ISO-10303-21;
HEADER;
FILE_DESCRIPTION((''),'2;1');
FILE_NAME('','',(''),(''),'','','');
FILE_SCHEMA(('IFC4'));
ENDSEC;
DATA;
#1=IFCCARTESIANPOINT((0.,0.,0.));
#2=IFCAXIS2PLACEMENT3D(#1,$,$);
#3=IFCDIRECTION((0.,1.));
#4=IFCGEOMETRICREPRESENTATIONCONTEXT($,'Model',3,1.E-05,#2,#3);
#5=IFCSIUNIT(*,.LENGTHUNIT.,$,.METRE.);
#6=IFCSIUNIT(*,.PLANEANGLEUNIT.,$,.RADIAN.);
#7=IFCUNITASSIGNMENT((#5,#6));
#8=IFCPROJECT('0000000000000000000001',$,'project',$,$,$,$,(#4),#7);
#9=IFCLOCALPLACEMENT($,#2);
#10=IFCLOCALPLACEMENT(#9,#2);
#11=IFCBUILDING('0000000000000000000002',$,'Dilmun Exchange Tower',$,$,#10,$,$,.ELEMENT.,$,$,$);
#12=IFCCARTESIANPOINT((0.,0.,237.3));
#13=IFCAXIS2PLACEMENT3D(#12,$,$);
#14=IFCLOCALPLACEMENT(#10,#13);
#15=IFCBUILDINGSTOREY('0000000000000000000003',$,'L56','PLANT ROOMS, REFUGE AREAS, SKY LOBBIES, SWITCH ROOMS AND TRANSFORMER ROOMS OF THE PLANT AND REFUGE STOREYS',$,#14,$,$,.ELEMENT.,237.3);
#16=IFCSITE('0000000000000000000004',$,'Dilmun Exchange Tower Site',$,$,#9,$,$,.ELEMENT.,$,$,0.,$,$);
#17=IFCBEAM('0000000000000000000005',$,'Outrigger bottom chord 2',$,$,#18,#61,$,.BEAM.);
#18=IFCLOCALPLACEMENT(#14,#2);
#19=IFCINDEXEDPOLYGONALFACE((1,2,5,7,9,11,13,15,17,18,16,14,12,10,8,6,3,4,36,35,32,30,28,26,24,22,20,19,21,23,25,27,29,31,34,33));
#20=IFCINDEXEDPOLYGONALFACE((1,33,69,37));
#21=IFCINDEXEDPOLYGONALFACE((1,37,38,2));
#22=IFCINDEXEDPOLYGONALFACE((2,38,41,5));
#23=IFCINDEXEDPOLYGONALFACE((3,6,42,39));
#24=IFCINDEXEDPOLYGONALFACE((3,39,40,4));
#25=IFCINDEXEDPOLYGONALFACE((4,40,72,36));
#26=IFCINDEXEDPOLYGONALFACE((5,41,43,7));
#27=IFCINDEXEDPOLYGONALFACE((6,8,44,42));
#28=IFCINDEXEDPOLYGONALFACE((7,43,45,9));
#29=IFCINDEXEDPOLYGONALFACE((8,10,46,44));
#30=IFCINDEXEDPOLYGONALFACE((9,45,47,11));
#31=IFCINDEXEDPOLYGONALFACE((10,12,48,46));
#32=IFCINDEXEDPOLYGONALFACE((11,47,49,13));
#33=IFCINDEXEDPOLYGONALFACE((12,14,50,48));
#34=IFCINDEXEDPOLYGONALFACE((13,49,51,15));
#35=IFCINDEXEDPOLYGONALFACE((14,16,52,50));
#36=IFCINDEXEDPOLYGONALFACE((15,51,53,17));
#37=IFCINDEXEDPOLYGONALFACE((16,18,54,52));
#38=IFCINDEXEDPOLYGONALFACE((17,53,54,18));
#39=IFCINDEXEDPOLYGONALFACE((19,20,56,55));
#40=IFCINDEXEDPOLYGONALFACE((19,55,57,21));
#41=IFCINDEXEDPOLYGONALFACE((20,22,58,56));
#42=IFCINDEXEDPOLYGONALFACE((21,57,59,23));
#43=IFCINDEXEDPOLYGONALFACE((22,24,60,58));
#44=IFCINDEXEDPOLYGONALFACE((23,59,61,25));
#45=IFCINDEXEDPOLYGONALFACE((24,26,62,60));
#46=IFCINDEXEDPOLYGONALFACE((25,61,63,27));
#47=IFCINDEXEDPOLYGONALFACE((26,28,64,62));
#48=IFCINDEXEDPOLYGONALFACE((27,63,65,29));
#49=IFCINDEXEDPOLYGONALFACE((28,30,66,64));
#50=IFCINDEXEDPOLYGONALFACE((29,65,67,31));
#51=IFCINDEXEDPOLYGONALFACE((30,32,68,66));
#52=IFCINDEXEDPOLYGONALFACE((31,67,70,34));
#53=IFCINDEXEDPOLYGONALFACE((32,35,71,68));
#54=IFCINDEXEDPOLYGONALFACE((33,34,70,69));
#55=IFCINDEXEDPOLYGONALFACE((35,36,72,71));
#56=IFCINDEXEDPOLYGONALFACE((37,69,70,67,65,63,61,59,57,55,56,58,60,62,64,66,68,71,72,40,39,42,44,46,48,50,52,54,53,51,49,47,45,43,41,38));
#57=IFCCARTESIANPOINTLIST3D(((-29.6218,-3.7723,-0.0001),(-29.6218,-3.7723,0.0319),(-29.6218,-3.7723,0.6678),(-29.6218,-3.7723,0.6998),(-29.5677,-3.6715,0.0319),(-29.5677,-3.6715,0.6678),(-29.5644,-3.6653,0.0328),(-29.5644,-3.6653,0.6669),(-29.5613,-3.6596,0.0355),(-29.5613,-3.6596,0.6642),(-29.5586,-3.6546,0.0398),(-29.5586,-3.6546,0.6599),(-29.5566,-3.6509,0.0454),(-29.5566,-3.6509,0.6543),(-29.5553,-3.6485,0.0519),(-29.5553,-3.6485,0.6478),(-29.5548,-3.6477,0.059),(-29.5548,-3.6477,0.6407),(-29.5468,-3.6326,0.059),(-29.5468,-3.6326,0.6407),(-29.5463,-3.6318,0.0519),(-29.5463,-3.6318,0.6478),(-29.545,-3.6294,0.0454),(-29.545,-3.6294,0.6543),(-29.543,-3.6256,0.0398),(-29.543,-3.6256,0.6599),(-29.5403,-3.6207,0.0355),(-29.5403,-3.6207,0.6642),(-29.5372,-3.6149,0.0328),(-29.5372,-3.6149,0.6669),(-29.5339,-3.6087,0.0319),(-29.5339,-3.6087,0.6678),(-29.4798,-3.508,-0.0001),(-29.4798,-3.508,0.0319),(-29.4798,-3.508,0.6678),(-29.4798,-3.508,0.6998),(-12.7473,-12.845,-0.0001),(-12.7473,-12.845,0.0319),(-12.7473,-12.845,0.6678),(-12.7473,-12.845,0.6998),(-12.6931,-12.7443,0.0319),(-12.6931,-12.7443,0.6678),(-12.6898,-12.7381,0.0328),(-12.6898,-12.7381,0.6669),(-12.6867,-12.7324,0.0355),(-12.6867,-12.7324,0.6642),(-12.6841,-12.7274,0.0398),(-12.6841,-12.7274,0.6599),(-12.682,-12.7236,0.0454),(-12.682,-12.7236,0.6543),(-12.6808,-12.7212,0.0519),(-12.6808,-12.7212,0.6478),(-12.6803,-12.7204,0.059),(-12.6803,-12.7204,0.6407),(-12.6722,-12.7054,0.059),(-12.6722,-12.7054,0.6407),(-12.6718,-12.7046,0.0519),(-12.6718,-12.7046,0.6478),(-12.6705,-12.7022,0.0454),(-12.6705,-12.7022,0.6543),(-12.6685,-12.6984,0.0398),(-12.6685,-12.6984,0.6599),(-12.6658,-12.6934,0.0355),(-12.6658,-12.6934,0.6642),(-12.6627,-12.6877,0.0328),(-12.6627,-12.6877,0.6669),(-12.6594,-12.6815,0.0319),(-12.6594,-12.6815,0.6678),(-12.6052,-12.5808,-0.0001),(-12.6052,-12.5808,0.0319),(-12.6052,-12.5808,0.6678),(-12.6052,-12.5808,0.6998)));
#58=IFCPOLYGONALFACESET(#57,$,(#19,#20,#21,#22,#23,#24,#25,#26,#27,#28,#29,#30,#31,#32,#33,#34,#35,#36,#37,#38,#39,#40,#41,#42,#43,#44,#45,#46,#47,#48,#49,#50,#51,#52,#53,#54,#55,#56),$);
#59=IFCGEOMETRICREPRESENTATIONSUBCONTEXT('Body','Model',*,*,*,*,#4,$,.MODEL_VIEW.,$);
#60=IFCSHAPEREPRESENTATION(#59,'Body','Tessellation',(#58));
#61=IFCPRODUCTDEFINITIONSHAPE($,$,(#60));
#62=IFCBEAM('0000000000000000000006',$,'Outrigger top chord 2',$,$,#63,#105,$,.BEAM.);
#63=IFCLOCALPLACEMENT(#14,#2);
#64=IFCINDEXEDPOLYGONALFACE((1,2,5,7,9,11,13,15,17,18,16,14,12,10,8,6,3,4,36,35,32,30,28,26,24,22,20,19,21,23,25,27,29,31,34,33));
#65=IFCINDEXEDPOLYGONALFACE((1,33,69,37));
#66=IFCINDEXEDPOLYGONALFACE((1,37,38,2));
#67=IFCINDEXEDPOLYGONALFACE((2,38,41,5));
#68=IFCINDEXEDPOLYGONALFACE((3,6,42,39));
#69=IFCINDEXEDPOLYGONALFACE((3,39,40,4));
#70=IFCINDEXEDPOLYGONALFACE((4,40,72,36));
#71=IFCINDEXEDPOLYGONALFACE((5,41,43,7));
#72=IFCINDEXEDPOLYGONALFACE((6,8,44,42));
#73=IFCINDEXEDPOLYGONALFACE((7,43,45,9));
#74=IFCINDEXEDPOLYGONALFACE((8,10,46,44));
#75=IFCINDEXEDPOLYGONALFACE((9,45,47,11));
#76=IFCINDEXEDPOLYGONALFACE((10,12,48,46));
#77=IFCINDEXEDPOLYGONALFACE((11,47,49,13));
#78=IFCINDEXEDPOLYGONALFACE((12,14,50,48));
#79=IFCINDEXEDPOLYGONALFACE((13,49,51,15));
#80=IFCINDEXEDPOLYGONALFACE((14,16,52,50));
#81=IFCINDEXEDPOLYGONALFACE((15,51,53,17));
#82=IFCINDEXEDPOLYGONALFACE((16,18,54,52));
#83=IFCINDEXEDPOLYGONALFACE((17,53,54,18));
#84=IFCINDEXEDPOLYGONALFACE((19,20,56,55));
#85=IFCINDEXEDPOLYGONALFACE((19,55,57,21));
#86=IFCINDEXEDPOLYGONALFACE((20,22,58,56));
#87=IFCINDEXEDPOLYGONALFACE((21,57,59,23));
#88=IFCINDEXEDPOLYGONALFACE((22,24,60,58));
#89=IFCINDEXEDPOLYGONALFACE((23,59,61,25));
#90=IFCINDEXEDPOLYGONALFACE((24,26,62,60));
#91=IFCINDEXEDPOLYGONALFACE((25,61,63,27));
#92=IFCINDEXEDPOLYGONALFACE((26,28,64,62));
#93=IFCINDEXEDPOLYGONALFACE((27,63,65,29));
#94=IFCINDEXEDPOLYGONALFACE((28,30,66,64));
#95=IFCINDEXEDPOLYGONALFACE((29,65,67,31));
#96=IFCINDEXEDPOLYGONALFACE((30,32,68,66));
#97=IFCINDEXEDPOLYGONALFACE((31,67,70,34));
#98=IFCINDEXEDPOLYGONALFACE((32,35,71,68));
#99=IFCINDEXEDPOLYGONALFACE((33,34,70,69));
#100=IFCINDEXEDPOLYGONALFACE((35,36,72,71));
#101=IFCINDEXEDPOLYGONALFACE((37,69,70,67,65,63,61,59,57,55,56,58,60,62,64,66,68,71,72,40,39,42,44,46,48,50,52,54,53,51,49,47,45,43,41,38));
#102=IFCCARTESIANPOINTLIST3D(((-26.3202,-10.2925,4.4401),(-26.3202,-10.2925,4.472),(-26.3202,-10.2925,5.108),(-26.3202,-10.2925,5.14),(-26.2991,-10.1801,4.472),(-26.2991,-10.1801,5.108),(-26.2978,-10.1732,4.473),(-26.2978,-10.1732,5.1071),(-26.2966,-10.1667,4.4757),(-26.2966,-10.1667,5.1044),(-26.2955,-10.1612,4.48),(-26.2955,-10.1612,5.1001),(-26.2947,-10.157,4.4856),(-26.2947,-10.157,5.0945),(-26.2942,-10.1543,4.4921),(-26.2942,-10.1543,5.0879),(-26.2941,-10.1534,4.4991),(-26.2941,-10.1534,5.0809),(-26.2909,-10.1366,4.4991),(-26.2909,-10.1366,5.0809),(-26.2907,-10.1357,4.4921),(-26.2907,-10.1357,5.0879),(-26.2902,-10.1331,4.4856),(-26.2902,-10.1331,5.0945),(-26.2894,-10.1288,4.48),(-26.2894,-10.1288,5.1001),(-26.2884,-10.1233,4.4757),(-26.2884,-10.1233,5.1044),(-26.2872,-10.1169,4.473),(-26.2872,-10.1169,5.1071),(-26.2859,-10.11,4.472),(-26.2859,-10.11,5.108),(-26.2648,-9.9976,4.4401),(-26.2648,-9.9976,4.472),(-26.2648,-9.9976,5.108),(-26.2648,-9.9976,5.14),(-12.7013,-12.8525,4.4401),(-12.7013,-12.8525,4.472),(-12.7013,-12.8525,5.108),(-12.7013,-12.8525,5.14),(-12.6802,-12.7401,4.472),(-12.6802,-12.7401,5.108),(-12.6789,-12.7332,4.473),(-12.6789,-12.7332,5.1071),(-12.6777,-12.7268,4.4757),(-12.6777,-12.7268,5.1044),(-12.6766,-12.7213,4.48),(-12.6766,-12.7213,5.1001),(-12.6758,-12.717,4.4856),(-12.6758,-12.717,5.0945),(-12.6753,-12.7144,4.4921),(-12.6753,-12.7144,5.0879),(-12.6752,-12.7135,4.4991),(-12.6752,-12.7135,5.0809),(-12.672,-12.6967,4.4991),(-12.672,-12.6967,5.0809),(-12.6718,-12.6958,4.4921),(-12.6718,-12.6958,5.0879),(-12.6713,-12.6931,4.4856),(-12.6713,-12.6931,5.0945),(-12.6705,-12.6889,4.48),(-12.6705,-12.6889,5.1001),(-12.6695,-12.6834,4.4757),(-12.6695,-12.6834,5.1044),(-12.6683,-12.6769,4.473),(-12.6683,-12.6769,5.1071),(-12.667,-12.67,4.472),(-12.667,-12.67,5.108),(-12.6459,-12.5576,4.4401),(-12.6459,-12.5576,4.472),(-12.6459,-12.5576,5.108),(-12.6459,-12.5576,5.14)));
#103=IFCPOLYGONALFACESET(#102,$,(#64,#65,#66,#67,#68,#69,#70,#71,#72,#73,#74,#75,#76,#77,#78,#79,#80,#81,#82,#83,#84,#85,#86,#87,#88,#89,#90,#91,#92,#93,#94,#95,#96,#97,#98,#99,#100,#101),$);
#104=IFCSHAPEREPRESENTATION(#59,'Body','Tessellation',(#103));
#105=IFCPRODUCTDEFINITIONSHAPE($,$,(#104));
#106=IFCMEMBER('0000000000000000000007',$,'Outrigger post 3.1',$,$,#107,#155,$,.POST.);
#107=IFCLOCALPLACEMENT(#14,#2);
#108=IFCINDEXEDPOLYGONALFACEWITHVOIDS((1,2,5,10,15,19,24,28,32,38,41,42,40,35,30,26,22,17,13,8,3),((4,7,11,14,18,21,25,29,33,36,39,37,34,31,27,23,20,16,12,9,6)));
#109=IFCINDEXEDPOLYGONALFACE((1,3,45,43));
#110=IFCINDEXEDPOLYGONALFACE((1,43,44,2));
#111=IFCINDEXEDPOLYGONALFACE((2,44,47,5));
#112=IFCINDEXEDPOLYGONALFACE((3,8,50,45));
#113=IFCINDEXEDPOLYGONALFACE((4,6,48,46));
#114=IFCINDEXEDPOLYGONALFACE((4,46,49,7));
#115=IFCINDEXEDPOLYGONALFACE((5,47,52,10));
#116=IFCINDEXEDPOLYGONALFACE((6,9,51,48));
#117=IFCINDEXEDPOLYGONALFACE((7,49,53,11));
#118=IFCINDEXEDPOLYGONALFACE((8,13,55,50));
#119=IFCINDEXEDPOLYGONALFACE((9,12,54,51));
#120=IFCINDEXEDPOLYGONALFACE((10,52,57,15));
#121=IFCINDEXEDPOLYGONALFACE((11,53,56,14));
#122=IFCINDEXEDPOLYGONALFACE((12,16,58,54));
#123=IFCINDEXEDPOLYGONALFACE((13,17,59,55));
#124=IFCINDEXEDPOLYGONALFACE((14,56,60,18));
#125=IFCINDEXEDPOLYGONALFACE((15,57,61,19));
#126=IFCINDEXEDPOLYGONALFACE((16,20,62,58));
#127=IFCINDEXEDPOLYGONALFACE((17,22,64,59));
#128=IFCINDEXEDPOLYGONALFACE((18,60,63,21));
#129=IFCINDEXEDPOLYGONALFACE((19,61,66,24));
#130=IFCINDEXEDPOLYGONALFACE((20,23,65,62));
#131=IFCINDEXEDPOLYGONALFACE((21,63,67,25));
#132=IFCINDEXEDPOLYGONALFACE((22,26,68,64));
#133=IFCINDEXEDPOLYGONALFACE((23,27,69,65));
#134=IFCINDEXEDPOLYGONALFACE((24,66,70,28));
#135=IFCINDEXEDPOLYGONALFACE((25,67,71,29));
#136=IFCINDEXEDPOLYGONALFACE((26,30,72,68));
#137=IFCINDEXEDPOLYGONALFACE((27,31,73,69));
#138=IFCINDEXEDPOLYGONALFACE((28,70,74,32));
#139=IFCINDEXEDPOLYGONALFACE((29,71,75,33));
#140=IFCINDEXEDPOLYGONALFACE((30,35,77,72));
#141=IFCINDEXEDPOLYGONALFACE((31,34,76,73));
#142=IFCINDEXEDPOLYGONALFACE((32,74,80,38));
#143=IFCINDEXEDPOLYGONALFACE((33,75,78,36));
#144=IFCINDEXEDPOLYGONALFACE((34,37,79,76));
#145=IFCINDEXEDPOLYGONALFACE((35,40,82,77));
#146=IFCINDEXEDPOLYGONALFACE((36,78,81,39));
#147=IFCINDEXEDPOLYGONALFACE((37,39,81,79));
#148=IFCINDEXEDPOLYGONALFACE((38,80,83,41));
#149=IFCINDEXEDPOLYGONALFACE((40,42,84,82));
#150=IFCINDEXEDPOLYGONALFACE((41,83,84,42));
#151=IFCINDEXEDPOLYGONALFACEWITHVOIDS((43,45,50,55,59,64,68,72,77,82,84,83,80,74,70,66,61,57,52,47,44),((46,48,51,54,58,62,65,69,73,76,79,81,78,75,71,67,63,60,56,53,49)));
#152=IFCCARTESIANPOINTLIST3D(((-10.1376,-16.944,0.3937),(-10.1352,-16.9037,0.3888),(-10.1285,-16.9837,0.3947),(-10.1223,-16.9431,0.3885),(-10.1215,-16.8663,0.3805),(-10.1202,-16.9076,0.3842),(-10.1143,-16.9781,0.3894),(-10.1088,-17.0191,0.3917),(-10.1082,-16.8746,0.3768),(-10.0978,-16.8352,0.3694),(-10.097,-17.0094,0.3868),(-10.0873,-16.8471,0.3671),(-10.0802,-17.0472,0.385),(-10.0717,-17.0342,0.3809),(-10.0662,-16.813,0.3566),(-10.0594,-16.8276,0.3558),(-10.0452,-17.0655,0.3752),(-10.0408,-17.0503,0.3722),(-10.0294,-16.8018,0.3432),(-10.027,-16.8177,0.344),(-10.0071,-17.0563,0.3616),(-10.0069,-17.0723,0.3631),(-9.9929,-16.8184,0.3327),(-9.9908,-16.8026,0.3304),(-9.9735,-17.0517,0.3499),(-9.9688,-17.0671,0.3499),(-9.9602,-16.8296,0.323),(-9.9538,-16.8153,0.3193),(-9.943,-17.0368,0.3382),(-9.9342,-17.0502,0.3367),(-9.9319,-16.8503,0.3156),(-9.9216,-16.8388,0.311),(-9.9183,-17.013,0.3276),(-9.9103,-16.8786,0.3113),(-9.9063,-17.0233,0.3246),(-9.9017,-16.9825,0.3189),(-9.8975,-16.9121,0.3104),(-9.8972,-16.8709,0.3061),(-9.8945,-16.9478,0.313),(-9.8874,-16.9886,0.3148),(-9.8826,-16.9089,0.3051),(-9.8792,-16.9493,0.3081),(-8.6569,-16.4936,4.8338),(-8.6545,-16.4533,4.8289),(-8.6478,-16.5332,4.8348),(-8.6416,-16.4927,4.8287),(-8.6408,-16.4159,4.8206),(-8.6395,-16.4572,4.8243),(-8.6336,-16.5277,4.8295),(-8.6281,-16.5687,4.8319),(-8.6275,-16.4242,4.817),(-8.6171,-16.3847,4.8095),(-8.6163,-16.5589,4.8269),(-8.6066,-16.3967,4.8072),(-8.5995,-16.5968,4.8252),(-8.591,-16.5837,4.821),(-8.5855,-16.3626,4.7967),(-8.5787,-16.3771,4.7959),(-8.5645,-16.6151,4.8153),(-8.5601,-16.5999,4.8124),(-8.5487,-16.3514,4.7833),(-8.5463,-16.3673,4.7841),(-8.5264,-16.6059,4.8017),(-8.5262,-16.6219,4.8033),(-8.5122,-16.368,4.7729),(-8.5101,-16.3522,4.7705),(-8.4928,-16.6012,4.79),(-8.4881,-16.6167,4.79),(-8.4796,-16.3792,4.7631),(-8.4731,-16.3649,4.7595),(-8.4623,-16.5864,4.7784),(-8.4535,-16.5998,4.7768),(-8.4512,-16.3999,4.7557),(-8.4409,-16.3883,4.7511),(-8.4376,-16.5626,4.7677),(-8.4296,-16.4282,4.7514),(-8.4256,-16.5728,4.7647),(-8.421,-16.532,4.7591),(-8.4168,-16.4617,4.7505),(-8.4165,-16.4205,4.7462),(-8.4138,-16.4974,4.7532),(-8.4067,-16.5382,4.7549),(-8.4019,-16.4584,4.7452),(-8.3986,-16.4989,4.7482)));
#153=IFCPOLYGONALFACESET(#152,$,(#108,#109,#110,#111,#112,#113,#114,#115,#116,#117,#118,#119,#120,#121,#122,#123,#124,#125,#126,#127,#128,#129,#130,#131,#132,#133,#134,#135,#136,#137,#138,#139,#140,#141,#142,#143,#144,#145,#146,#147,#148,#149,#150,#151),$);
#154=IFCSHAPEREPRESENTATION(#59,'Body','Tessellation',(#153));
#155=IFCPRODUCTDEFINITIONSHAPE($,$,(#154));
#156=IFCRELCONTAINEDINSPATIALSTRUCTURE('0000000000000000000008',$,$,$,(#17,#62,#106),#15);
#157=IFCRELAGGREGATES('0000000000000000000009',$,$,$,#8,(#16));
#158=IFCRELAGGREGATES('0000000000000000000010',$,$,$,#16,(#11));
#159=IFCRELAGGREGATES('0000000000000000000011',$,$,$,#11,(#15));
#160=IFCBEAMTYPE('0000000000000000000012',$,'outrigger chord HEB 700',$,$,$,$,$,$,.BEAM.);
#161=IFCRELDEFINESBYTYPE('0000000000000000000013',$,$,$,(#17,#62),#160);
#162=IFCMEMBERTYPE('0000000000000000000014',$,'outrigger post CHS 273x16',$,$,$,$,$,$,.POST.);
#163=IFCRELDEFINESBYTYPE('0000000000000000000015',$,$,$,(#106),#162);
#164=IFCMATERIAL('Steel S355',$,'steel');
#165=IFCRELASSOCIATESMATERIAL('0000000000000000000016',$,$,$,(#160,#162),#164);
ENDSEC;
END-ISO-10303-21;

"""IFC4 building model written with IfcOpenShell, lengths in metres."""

from ifc_helpers import new_model, si_unit, direction, frame, origin, origin_2d, place, context, subcontext, project, spatial, hollow_circle, i_section, extrude, material, material_profile, profile_set, type_object, element, save


model = new_model("IFC4")

# Units and contexts
model_context = context("Model", 3, precision=1e-05, world=origin(), true_north=direction((0.0, 1.0)))
body_context = subcontext(model_context, "Body", "Model", "MODEL_VIEW")
ifc_project = project(units=[si_unit("LENGTHUNIT", "METRE"), si_unit("PLANEANGLEUNIT", "RADIAN")], contexts=[model_context])

# Site, building, storey
site_placement = place(None, origin())
site = spatial("IfcSite", under=ifc_project, at=site_placement, Name="Dilmun Exchange Tower Site", CompositionType="ELEMENT", RefElevation=0.0)
building_placement = place(site_placement, origin())
building = spatial("IfcBuilding", under=site, at=building_placement, Name="Dilmun Exchange Tower", CompositionType="ELEMENT")
storey_placement = place(building_placement, frame((0.0, 0.0, 237.3)))
storey = spatial("IfcBuildingStorey", under=building, at=storey_placement, Name="L56", Description="PLANT ROOMS, REFUGE AREAS, SKY LOBBIES, SWITCH ROOMS AND TRANSFORMER ROOMS OF THE PLANT AND REFUGE STOREYS", CompositionType="ELEMENT", Elevation=237.3)

# Beams
ifc_material_1 = material(Name="Steel S355", Category="steel")
ifc_material_profile_1 = material_profile(ifc_material_1, i_section(OverallWidth=0.3, OverallDepth=0.7, WebThickness=0.0171, FlangeThickness=0.032, FilletRadius=0.0271, at=origin_2d()), Name="HEB 700")
ifc_profile_set_1 = profile_set([ifc_material_profile_1], Name="Steel S355")
beam_type_1 = type_object("IfcBeamType", Name="outrigger chord HEB 700", PredefinedType="BEAM", material=ifc_profile_set_1)
beam_1_placement = place(storey_placement, frame((-12.6763, -12.7129, 0.3499), z_axis=(-0.880766, 0.473553, 0.0), x_axis=(-0.473553, -0.880766, 0.0)))
element("IfcBeam", 1, at=beam_1_placement, inside=storey, type_object=beam_type_1, Name="Outrigger bottom chord 2", PredefinedType="BEAM", context=body_context, shape_type="SweptSolid", body=[
    extrude(i_section(OverallWidth=0.3, OverallDepth=0.7, WebThickness=0.0171, FlangeThickness=0.032, FilletRadius=0.0271, at=origin_2d()), origin(), (0.0, 0.0, 1.0), 19.1589),
])
beam_2_placement = place(storey_placement, frame((-12.6736, -12.7051, 4.79), z_axis=(-0.982787, 0.184743, 0.0), x_axis=(-0.184743, -0.982787, 0.0)))
element("IfcBeam", 2, at=beam_2_placement, inside=storey, type_object=beam_type_1, Name="Outrigger top chord 2", PredefinedType="BEAM", context=body_context, shape_type="SweptSolid", body=[
    extrude(i_section(OverallWidth=0.3, OverallDepth=0.7, WebThickness=0.0171, FlangeThickness=0.032, FilletRadius=0.0271, at=origin_2d()), origin(), (0.0, 0.0, 1.0), 13.8574),
])

# Member
ifc_material_profile_2 = material_profile(ifc_material_1, hollow_circle(Radius=0.1365, WallThickness=0.0161, at=origin_2d()), Name="CHS 273x16")
ifc_profile_set_2 = profile_set([ifc_material_profile_2], Name="Steel S355")
member_type_1 = type_object("IfcMemberType", Name="outrigger post CHS 273x16", PredefinedType="POST", material=ifc_profile_set_2)
member_1_placement = place(storey_placement, frame((-8.5278, -16.4861, 4.79), z_axis=(-0.314898, -0.095793, -0.944279), x_axis=(0.291036, -0.956712, 0.0)))
element("IfcMember", 3, at=member_1_placement, inside=storey, type_object=member_type_1, Name="Outrigger post 3.1", PredefinedType="POST", context=body_context, shape_type="SweptSolid", body=[
    extrude(hollow_circle(Radius=0.1365, WallThickness=0.0161, at=origin_2d()), origin(), (0.0, 0.0, 1.0), 4.7021),
])

save(model, "model.ifc")
